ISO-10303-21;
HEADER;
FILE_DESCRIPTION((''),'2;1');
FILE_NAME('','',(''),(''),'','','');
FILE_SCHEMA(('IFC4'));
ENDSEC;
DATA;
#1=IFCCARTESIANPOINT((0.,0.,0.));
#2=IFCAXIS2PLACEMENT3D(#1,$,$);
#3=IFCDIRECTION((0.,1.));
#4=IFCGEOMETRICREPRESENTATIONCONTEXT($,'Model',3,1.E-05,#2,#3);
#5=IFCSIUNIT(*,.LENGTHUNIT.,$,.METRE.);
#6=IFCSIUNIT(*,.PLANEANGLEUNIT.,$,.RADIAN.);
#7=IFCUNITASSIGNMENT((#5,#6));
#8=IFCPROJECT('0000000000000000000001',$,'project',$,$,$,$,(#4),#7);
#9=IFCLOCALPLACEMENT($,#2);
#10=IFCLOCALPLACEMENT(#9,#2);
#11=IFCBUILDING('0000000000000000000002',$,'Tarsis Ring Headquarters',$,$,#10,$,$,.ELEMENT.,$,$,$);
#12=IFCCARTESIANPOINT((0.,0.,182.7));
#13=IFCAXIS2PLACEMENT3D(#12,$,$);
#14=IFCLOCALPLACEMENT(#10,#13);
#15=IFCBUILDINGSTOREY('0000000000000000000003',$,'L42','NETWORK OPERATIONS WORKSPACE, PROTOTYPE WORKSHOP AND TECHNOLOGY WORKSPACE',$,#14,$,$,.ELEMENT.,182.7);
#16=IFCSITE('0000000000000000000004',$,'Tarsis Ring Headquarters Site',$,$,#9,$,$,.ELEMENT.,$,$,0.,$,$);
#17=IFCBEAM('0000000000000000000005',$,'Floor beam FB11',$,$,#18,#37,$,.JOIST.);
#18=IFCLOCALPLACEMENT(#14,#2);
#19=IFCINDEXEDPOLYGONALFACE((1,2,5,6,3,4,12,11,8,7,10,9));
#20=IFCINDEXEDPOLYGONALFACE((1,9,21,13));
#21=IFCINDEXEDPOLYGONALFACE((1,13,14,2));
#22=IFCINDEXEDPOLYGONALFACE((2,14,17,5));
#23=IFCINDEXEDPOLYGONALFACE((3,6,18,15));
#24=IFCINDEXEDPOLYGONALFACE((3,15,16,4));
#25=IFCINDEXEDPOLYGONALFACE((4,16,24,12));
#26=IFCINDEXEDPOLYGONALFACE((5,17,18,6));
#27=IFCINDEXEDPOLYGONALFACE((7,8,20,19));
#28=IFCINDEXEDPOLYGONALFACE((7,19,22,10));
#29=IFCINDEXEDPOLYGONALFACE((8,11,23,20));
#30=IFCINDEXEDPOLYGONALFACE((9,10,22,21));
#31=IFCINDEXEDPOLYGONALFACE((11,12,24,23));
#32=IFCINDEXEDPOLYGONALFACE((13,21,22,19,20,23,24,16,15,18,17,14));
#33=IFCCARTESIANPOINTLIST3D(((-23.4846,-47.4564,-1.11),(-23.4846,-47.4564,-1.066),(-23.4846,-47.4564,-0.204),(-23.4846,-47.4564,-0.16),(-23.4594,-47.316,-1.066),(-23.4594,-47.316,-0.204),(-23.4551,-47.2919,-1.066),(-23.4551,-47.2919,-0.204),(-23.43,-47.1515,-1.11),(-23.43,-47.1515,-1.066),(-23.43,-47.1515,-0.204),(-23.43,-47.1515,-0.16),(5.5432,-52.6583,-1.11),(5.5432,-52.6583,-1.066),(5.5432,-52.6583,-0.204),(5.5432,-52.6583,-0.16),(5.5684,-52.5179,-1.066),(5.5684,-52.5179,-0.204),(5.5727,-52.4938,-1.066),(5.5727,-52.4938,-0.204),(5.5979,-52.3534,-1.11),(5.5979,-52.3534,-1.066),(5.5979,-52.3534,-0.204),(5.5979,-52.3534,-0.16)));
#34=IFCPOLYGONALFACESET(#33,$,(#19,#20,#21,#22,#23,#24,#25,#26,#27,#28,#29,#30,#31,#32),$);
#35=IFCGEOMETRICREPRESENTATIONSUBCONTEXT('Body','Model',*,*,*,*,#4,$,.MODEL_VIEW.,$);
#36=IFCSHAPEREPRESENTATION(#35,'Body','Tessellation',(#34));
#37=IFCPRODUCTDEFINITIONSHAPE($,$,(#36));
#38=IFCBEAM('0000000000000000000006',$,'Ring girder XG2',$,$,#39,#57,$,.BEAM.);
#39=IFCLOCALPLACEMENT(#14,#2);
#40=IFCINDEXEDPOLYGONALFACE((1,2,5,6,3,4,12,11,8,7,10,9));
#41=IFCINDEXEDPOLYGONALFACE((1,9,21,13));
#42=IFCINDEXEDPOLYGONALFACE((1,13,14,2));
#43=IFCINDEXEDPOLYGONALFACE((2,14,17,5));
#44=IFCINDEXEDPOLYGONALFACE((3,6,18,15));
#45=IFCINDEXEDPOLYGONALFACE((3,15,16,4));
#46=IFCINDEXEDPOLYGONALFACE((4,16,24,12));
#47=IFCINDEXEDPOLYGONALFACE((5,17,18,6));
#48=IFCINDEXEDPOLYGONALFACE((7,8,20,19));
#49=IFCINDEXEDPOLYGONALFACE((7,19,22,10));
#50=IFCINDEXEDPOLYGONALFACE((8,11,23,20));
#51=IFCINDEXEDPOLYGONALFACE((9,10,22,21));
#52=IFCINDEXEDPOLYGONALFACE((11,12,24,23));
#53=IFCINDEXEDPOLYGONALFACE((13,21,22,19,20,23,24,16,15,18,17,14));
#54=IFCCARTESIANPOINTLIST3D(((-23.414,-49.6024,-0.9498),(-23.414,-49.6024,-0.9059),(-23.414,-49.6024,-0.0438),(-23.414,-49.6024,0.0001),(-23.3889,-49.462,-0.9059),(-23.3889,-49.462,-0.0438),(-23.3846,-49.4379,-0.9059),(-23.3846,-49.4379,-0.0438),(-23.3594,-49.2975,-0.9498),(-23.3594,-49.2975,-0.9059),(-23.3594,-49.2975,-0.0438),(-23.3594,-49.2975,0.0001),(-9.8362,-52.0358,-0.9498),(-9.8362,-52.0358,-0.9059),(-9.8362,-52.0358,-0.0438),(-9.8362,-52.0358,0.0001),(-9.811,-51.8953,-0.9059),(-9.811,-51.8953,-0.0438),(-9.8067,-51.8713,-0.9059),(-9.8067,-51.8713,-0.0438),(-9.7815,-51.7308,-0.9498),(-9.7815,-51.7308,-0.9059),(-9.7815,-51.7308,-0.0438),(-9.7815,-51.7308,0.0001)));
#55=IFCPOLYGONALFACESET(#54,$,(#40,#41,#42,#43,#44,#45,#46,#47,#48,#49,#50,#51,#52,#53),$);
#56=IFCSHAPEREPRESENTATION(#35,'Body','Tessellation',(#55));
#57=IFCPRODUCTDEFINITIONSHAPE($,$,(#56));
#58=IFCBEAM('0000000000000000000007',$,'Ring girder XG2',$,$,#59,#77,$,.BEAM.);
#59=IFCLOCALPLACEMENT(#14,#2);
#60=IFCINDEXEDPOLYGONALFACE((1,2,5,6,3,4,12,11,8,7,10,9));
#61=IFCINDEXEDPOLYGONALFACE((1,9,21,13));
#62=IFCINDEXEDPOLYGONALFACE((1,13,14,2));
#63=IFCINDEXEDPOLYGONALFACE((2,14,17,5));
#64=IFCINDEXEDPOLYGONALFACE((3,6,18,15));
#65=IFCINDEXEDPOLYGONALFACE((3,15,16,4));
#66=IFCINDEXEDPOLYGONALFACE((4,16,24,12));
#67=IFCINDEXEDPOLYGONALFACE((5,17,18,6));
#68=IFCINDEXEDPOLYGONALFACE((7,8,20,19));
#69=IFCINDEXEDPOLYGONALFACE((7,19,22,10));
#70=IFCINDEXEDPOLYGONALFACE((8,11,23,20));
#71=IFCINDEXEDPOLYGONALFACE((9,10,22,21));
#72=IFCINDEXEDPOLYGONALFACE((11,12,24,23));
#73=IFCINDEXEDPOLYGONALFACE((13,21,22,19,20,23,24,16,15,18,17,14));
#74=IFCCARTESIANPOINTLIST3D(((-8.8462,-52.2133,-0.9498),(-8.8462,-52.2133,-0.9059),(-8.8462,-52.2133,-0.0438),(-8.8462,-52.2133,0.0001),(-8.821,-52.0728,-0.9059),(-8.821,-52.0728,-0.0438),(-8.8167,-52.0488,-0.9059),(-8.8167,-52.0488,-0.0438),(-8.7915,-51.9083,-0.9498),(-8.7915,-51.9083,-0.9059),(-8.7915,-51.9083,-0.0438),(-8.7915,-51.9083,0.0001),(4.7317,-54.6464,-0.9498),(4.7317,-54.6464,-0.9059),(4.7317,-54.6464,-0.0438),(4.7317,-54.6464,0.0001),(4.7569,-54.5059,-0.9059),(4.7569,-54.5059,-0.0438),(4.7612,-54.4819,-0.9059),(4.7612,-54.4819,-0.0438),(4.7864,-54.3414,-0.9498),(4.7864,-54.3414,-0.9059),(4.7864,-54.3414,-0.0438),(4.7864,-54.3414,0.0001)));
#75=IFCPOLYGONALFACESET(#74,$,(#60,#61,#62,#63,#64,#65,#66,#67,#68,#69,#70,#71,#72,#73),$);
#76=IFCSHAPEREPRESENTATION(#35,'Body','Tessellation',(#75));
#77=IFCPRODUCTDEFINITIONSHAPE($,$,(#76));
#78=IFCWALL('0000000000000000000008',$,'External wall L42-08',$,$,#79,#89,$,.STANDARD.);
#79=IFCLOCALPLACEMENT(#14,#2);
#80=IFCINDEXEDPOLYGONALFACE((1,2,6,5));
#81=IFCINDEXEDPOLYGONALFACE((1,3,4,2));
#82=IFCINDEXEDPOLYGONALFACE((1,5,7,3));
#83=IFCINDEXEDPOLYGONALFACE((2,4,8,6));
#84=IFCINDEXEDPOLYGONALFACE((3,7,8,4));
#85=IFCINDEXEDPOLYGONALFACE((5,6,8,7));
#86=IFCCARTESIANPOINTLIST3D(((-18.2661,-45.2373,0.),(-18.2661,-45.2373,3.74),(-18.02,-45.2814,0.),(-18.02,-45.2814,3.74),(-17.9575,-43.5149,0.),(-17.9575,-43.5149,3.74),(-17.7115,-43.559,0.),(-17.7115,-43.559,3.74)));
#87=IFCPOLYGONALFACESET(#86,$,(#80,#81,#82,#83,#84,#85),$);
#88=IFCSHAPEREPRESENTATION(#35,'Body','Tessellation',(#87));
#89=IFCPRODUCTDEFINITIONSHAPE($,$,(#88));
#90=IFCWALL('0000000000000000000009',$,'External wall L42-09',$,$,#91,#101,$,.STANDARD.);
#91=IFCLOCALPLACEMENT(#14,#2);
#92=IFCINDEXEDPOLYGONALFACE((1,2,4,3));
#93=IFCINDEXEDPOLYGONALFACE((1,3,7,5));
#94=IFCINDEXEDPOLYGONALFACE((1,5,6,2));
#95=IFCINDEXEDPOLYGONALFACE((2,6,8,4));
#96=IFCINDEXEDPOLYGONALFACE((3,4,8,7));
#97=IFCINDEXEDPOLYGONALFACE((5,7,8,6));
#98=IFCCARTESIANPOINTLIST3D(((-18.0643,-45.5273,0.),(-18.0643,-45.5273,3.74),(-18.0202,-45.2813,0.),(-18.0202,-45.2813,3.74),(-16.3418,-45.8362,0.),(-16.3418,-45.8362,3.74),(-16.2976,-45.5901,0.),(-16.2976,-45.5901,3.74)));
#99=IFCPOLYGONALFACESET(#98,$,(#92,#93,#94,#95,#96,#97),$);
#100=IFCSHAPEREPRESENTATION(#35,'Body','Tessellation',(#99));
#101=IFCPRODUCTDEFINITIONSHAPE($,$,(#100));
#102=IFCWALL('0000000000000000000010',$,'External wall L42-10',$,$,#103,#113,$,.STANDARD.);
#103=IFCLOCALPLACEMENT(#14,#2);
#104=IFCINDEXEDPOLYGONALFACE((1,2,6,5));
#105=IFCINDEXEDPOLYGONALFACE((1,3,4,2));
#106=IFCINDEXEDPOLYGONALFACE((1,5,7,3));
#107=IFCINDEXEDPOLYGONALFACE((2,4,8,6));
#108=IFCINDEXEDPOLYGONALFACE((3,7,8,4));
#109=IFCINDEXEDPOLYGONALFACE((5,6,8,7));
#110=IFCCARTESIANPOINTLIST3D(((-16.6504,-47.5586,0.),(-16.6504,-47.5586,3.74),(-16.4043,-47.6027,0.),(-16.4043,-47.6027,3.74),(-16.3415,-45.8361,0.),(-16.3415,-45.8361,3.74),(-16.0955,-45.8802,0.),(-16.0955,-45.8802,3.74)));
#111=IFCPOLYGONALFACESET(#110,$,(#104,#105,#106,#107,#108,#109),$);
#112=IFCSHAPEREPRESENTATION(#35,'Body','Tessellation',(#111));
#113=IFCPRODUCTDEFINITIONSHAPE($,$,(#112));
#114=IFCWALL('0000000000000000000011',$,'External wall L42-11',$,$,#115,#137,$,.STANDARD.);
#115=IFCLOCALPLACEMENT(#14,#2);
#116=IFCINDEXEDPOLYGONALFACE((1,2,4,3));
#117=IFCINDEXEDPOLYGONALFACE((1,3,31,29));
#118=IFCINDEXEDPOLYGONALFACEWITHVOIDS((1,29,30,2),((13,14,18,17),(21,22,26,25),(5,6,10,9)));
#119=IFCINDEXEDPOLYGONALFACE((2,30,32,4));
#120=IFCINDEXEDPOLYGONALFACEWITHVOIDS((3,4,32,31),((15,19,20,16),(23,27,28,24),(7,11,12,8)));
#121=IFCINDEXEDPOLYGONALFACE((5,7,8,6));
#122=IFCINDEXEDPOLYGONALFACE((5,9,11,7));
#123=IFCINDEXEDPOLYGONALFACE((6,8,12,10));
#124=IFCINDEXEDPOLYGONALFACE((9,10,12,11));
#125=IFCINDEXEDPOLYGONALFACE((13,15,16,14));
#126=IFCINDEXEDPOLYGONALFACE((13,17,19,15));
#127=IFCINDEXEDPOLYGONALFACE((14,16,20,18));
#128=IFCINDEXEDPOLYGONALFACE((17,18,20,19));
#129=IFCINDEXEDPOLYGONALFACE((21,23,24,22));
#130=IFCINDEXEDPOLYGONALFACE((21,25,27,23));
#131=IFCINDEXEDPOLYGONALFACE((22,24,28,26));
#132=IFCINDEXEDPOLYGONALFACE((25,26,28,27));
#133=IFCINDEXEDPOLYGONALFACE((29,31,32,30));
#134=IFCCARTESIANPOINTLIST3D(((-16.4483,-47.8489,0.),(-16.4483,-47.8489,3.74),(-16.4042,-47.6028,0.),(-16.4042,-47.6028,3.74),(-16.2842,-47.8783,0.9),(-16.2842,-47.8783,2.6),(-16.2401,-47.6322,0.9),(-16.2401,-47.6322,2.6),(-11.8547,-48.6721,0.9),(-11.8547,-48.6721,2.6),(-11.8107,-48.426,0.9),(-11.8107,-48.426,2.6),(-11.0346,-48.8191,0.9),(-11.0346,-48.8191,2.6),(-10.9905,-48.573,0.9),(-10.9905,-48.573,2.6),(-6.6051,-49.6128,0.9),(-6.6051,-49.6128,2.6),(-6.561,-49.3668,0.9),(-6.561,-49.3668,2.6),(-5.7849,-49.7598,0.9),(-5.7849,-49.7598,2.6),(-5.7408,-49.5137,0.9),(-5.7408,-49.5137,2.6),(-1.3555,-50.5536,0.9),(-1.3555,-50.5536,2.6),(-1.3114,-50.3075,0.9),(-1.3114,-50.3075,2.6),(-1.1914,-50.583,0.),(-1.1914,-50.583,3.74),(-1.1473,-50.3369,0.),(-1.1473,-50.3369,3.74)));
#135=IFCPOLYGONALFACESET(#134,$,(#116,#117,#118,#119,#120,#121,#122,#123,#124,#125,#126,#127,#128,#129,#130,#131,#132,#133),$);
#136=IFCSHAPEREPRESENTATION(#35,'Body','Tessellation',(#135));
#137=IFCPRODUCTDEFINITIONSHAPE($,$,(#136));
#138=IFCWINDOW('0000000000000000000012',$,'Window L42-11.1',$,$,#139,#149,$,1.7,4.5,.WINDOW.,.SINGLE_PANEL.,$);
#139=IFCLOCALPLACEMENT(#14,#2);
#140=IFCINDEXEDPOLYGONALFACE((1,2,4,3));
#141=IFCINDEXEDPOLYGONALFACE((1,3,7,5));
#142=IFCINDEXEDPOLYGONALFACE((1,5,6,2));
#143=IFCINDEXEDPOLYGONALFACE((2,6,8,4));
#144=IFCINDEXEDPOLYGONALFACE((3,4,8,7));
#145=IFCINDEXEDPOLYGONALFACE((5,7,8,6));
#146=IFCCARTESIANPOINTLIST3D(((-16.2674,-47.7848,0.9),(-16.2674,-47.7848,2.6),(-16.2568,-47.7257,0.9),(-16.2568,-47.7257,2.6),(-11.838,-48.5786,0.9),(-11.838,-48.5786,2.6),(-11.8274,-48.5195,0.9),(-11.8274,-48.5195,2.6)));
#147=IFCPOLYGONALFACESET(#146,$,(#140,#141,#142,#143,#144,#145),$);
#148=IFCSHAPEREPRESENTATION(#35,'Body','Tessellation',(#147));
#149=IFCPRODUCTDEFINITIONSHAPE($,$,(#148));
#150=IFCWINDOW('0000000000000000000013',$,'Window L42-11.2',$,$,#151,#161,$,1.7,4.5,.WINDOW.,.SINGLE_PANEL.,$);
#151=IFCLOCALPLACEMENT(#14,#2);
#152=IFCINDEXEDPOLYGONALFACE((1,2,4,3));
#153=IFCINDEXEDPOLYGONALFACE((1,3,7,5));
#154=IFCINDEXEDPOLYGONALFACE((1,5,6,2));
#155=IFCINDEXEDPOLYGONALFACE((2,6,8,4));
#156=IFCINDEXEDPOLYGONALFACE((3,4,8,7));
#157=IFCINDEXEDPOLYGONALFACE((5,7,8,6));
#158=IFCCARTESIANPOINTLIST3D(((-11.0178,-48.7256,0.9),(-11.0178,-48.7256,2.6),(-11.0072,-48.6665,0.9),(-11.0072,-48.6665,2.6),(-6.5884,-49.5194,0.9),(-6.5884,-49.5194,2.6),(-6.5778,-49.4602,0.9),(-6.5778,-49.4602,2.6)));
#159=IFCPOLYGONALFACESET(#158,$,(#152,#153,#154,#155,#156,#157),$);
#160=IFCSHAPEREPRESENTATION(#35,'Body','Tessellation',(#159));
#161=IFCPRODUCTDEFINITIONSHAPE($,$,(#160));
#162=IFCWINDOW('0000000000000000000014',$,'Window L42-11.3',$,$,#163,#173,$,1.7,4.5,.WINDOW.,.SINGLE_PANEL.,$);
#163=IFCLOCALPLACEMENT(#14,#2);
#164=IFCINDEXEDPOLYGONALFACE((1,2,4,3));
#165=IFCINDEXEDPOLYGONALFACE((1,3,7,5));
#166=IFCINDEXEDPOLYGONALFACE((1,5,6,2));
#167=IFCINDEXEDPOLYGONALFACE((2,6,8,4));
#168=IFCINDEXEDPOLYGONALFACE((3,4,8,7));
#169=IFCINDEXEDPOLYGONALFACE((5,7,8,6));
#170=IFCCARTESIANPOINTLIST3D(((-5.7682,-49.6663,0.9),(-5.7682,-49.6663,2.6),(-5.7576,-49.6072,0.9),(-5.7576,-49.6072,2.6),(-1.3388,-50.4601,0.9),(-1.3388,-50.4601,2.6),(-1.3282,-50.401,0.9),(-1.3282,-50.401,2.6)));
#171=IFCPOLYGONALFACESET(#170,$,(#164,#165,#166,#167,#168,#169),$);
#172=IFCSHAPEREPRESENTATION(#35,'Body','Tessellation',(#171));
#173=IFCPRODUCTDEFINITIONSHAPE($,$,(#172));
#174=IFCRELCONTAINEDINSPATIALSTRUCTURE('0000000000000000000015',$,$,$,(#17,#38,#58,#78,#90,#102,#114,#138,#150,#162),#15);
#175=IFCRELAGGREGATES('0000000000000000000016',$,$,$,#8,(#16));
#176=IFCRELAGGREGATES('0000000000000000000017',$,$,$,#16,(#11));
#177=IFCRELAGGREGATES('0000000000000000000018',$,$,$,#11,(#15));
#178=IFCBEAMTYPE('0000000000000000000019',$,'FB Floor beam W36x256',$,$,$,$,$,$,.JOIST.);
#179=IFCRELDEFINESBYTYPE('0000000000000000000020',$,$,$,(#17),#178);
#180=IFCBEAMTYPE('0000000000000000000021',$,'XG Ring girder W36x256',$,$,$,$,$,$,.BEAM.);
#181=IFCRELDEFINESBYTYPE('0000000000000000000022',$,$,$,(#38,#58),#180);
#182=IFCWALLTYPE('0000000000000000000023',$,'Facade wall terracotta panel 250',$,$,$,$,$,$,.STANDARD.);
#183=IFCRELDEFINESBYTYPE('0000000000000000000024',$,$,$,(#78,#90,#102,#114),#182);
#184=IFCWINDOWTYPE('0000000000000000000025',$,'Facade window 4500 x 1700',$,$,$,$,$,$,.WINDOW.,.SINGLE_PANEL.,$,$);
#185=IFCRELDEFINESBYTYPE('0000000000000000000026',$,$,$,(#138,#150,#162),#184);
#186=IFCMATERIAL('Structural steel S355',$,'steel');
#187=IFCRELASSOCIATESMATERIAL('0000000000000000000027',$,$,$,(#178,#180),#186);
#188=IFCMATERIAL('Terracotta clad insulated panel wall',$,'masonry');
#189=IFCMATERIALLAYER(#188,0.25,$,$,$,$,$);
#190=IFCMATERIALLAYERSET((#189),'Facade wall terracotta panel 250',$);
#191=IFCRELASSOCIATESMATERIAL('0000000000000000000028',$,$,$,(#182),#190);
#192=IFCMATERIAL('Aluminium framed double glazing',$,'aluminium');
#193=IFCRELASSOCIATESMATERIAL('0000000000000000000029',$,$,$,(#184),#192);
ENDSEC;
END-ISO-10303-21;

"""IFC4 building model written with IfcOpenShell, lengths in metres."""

from ifc_helpers import new_model, si_unit, direction, frame, frame_2d, origin, origin_2d, place, context, subcontext, project, spatial, rectangle, i_section, extrude, material, layer, layer_set, material_profile, profile_set, type_object, element, fill, save


model = new_model("IFC4")

# Units and contexts
model_context = context("Model", 3, precision=1e-05, world=origin(), true_north=direction((0.0, 1.0)))
body_context = subcontext(model_context, "Body", "Model", "MODEL_VIEW")
ifc_project = project(units=[si_unit("LENGTHUNIT", "METRE"), si_unit("PLANEANGLEUNIT", "RADIAN")], contexts=[model_context])

# Site, building, storey
site_placement = place(None, origin())
site = spatial("IfcSite", under=ifc_project, at=site_placement, Name="Tarsis Ring Headquarters Site", CompositionType="ELEMENT", RefElevation=0.0)
building_placement = place(site_placement, origin())
building = spatial("IfcBuilding", under=site, at=building_placement, Name="Tarsis Ring Headquarters", CompositionType="ELEMENT")
storey_placement = place(building_placement, frame((0.0, 0.0, 182.7)))
storey = spatial("IfcBuildingStorey", under=building, at=storey_placement, Name="L42", Description="NETWORK OPERATIONS WORKSPACE, PROTOTYPE WORKSHOP AND TECHNOLOGY WORKSPACE", CompositionType="ELEMENT", Elevation=182.7)

# Shared definitions
ifc_material_1 = material(Name="Structural steel S355", Category="steel")

# Beams
ifc_material_profile_1 = material_profile(ifc_material_1, i_section(OverallWidth=0.3098, OverallDepth=0.95, WebThickness=0.0244, FlangeThickness=0.0439, at=origin_2d()), Name="W36x256")
ifc_profile_set_1 = profile_set([ifc_material_profile_1], Name="Structural steel S355")
beam_type_1 = type_object("IfcBeamType", Name="FB Floor beam W36x256", PredefinedType="JOIST", material=ifc_profile_set_1)
for number, where, z_axis, x_axis, name in (
    (1, (-23.4573, -47.304, -0.635), (0.98432, -0.176394, 0.0), (0.176394, 0.98432, 0.0), "Floor beam FB11"),
):
    element("IfcBeam", number, at=place(storey_placement, frame(where, z_axis=z_axis, x_axis=x_axis)), inside=storey, type_object=beam_type_1, Name=name, PredefinedType="JOIST", context=body_context, shape_type="SweptSolid", body=[
        extrude(i_section(OverallWidth=0.3098, OverallDepth=0.95, WebThickness=0.0244, FlangeThickness=0.0439, at=origin_2d()), origin(), (0.0, 0.0, 1.0), 29.4902),
    ])
beam_type_2 = type_object("IfcBeamType", Name="XG Ring girder W36x256", PredefinedType="BEAM", material=ifc_profile_set_1)
for number, where, z_axis, x_axis, name in (
    (2, (-23.3867, -49.45, -0.4749), (0.984318, -0.176404, 0.0), (0.176404, 0.984318, 0.0), "Ring girder XG2"),
    (3, (-8.8188, -52.0608, -0.4749), (0.984321, -0.176387, 0.0), (0.176387, 0.984321, 0.0), "Ring girder XG2"),
):
    element("IfcBeam", number, at=place(storey_placement, frame(where, z_axis=z_axis, x_axis=x_axis)), inside=storey, type_object=beam_type_2, Name=name, PredefinedType="BEAM", context=body_context, shape_type="SweptSolid", body=[
        extrude(i_section(OverallWidth=0.3098, OverallDepth=0.95, WebThickness=0.0244, FlangeThickness=0.0439, at=origin_2d()), origin(), (0.0, 0.0, 1.0), 13.7942),
    ])

# Walls
ifc_material_2 = material(Name="Terracotta clad insulated panel wall", Category="masonry")
ifc_layer = layer(ifc_material_2, 0.25)
ifc_layer_set = layer_set([ifc_layer], Name="Facade wall terracotta panel 250")
wall_type = type_object("IfcWallType", Name="Facade wall terracotta panel 250", PredefinedType="STANDARD", material=ifc_layer_set)
wall_1_placement = place(storey_placement, frame((-17.8345, -43.5369, 0.0), z_axis=(0.0, 0.0, 1.0), x_axis=(-0.176356, -0.984327, 0.0)))
element("IfcWall", 4, at=wall_1_placement, inside=storey, type_object=wall_type, Name="External wall L42-08", PredefinedType="STANDARD", context=body_context, shape_type="SweptSolid", body=[
    extrude(rectangle(XDim=1.7498, YDim=0.25, at=frame_2d((0.875, 0.0))), origin(), (0.0, 0.0, 1.0), 3.74),
])
for number, where, z_axis, x_axis, name in (
    (5, (-18.0422, -45.4043, 0.0), (0.0, 0.0, 1.0), (0.984307, -0.176467, 0.0), "External wall L42-09"),
    (6, (-16.2185, -45.8582, 0.0), (0.0, 0.0, 1.0), (-0.176467, -0.984307, 0.0), "External wall L42-10"),
):
    element("IfcWall", number, at=place(storey_placement, frame(where, z_axis=z_axis, x_axis=x_axis)), inside=storey, type_object=wall_type, Name=name, PredefinedType="STANDARD", context=body_context, shape_type="SweptSolid", body=[
        extrude(rectangle(XDim=1.75, YDim=0.25, at=frame_2d((0.875, 0.0))), origin(), (0.0, 0.0, 1.0), 3.74),
    ])

# Wall, openings, windows
wall_2_placement = place(storey_placement, frame((-16.4263, -47.7258, 0.0), z_axis=(0.0, 0.0, 1.0), x_axis=(0.984319, -0.176397, 0.0)))
wall_2 = element("IfcWall", 7, at=wall_2_placement, inside=storey, type_object=wall_type, Name="External wall L42-11", PredefinedType="STANDARD", context=body_context, shape_type="SweptSolid", body=[
    extrude(rectangle(XDim=15.5, YDim=0.25, at=frame_2d((7.75, 0.0))), origin(), (0.0, 0.0, 1.0), 3.74),
])
opening_1_placement = place(wall_2_placement, frame((0.1667, 0.0, 0.8999)))
opening_1 = element("IfcOpeningElement", 8, at=opening_1_placement, cuts=wall_2, PredefinedType="OPENING", context=body_context, shape_type="SweptSolid", body=[
    extrude(rectangle(XDim=4.5, YDim=1.7, at=frame_2d((2.25, 0.8501))), frame((0.0, 0.135, 0.0), z_axis=(0.0, -1.0, 0.0), x_axis=(1.0, 0.0, 0.0)), (0.0, 0.0, 1.0), 0.27),
])
opening_2_placement = place(wall_2_placement, frame((5.5, 0.0, 0.8999)))
opening_2 = element("IfcOpeningElement", 9, at=opening_2_placement, cuts=wall_2, PredefinedType="OPENING", context=body_context, shape_type="SweptSolid", body=[
    extrude(rectangle(XDim=4.5, YDim=1.7, at=frame_2d((2.25, 0.8501))), frame((0.0, 0.135, 0.0), z_axis=(0.0, -1.0, 0.0), x_axis=(1.0, 0.0, 0.0)), (0.0, 0.0, 1.0), 0.27),
])
opening_3_placement = place(wall_2_placement, frame((10.8333, 0.0, 0.8999)))
opening_3 = element("IfcOpeningElement", 10, at=opening_3_placement, cuts=wall_2, PredefinedType="OPENING", context=body_context, shape_type="SweptSolid", body=[
    extrude(rectangle(XDim=4.5, YDim=1.7, at=frame_2d((2.25, 0.8501))), frame((0.0, 0.135, 0.0), z_axis=(0.0, -1.0, 0.0), x_axis=(1.0, 0.0, 0.0)), (0.0, 0.0, 1.0), 0.27),
])
ifc_material_3 = material(Name="Aluminium framed double glazing", Category="aluminium")
window_type = type_object("IfcWindowType", Name="Facade window 4500 x 1700", PartitioningType="SINGLE_PANEL", PredefinedType="WINDOW", material=ifc_material_3)
window_1_placement = place(opening_1_placement, origin())
window_1 = element("IfcWindow", 11, at=window_1_placement, inside=storey, type_object=window_type, Name="Window L42-11.1", OverallHeight=1.7, OverallWidth=4.5, PartitioningType="SINGLE_PANEL", PredefinedType="WINDOW", context=body_context, shape_type="SweptSolid", body=[
    extrude(rectangle(XDim=4.5, YDim=1.7, at=frame_2d((2.25, 0.8501))), frame((0.0, 0.03, 0.0), z_axis=(0.0, -1.0, 0.0), x_axis=(1.0, 0.0, 0.0)), (0.0, 0.0, 1.0), 0.0601),
])
fill(opening_1, window_1)
window_2_placement = place(opening_2_placement, origin())
window_2 = element("IfcWindow", 12, at=window_2_placement, inside=storey, type_object=window_type, Name="Window L42-11.2", OverallHeight=1.7, OverallWidth=4.5, PartitioningType="SINGLE_PANEL", PredefinedType="WINDOW", context=body_context, shape_type="SweptSolid", body=[
    extrude(rectangle(XDim=4.5, YDim=1.7, at=frame_2d((2.25, 0.8501))), frame((0.0, 0.03, 0.0), z_axis=(0.0, -1.0, 0.0), x_axis=(1.0, 0.0, 0.0)), (0.0, 0.0, 1.0), 0.0601),
])
fill(opening_2, window_2)
window_3_placement = place(opening_3_placement, origin())
window_3 = element("IfcWindow", 13, at=window_3_placement, inside=storey, type_object=window_type, Name="Window L42-11.3", OverallHeight=1.7, OverallWidth=4.5, PartitioningType="SINGLE_PANEL", PredefinedType="WINDOW", context=body_context, shape_type="SweptSolid", body=[
    extrude(rectangle(XDim=4.5, YDim=1.7, at=frame_2d((2.25, 0.8501))), frame((0.0, 0.03, 0.0), z_axis=(0.0, -1.0, 0.0), x_axis=(1.0, 0.0, 0.0)), (0.0, 0.0, 1.0), 0.0601),
])
fill(opening_3, window_3)

save(model, "model.ifc")
